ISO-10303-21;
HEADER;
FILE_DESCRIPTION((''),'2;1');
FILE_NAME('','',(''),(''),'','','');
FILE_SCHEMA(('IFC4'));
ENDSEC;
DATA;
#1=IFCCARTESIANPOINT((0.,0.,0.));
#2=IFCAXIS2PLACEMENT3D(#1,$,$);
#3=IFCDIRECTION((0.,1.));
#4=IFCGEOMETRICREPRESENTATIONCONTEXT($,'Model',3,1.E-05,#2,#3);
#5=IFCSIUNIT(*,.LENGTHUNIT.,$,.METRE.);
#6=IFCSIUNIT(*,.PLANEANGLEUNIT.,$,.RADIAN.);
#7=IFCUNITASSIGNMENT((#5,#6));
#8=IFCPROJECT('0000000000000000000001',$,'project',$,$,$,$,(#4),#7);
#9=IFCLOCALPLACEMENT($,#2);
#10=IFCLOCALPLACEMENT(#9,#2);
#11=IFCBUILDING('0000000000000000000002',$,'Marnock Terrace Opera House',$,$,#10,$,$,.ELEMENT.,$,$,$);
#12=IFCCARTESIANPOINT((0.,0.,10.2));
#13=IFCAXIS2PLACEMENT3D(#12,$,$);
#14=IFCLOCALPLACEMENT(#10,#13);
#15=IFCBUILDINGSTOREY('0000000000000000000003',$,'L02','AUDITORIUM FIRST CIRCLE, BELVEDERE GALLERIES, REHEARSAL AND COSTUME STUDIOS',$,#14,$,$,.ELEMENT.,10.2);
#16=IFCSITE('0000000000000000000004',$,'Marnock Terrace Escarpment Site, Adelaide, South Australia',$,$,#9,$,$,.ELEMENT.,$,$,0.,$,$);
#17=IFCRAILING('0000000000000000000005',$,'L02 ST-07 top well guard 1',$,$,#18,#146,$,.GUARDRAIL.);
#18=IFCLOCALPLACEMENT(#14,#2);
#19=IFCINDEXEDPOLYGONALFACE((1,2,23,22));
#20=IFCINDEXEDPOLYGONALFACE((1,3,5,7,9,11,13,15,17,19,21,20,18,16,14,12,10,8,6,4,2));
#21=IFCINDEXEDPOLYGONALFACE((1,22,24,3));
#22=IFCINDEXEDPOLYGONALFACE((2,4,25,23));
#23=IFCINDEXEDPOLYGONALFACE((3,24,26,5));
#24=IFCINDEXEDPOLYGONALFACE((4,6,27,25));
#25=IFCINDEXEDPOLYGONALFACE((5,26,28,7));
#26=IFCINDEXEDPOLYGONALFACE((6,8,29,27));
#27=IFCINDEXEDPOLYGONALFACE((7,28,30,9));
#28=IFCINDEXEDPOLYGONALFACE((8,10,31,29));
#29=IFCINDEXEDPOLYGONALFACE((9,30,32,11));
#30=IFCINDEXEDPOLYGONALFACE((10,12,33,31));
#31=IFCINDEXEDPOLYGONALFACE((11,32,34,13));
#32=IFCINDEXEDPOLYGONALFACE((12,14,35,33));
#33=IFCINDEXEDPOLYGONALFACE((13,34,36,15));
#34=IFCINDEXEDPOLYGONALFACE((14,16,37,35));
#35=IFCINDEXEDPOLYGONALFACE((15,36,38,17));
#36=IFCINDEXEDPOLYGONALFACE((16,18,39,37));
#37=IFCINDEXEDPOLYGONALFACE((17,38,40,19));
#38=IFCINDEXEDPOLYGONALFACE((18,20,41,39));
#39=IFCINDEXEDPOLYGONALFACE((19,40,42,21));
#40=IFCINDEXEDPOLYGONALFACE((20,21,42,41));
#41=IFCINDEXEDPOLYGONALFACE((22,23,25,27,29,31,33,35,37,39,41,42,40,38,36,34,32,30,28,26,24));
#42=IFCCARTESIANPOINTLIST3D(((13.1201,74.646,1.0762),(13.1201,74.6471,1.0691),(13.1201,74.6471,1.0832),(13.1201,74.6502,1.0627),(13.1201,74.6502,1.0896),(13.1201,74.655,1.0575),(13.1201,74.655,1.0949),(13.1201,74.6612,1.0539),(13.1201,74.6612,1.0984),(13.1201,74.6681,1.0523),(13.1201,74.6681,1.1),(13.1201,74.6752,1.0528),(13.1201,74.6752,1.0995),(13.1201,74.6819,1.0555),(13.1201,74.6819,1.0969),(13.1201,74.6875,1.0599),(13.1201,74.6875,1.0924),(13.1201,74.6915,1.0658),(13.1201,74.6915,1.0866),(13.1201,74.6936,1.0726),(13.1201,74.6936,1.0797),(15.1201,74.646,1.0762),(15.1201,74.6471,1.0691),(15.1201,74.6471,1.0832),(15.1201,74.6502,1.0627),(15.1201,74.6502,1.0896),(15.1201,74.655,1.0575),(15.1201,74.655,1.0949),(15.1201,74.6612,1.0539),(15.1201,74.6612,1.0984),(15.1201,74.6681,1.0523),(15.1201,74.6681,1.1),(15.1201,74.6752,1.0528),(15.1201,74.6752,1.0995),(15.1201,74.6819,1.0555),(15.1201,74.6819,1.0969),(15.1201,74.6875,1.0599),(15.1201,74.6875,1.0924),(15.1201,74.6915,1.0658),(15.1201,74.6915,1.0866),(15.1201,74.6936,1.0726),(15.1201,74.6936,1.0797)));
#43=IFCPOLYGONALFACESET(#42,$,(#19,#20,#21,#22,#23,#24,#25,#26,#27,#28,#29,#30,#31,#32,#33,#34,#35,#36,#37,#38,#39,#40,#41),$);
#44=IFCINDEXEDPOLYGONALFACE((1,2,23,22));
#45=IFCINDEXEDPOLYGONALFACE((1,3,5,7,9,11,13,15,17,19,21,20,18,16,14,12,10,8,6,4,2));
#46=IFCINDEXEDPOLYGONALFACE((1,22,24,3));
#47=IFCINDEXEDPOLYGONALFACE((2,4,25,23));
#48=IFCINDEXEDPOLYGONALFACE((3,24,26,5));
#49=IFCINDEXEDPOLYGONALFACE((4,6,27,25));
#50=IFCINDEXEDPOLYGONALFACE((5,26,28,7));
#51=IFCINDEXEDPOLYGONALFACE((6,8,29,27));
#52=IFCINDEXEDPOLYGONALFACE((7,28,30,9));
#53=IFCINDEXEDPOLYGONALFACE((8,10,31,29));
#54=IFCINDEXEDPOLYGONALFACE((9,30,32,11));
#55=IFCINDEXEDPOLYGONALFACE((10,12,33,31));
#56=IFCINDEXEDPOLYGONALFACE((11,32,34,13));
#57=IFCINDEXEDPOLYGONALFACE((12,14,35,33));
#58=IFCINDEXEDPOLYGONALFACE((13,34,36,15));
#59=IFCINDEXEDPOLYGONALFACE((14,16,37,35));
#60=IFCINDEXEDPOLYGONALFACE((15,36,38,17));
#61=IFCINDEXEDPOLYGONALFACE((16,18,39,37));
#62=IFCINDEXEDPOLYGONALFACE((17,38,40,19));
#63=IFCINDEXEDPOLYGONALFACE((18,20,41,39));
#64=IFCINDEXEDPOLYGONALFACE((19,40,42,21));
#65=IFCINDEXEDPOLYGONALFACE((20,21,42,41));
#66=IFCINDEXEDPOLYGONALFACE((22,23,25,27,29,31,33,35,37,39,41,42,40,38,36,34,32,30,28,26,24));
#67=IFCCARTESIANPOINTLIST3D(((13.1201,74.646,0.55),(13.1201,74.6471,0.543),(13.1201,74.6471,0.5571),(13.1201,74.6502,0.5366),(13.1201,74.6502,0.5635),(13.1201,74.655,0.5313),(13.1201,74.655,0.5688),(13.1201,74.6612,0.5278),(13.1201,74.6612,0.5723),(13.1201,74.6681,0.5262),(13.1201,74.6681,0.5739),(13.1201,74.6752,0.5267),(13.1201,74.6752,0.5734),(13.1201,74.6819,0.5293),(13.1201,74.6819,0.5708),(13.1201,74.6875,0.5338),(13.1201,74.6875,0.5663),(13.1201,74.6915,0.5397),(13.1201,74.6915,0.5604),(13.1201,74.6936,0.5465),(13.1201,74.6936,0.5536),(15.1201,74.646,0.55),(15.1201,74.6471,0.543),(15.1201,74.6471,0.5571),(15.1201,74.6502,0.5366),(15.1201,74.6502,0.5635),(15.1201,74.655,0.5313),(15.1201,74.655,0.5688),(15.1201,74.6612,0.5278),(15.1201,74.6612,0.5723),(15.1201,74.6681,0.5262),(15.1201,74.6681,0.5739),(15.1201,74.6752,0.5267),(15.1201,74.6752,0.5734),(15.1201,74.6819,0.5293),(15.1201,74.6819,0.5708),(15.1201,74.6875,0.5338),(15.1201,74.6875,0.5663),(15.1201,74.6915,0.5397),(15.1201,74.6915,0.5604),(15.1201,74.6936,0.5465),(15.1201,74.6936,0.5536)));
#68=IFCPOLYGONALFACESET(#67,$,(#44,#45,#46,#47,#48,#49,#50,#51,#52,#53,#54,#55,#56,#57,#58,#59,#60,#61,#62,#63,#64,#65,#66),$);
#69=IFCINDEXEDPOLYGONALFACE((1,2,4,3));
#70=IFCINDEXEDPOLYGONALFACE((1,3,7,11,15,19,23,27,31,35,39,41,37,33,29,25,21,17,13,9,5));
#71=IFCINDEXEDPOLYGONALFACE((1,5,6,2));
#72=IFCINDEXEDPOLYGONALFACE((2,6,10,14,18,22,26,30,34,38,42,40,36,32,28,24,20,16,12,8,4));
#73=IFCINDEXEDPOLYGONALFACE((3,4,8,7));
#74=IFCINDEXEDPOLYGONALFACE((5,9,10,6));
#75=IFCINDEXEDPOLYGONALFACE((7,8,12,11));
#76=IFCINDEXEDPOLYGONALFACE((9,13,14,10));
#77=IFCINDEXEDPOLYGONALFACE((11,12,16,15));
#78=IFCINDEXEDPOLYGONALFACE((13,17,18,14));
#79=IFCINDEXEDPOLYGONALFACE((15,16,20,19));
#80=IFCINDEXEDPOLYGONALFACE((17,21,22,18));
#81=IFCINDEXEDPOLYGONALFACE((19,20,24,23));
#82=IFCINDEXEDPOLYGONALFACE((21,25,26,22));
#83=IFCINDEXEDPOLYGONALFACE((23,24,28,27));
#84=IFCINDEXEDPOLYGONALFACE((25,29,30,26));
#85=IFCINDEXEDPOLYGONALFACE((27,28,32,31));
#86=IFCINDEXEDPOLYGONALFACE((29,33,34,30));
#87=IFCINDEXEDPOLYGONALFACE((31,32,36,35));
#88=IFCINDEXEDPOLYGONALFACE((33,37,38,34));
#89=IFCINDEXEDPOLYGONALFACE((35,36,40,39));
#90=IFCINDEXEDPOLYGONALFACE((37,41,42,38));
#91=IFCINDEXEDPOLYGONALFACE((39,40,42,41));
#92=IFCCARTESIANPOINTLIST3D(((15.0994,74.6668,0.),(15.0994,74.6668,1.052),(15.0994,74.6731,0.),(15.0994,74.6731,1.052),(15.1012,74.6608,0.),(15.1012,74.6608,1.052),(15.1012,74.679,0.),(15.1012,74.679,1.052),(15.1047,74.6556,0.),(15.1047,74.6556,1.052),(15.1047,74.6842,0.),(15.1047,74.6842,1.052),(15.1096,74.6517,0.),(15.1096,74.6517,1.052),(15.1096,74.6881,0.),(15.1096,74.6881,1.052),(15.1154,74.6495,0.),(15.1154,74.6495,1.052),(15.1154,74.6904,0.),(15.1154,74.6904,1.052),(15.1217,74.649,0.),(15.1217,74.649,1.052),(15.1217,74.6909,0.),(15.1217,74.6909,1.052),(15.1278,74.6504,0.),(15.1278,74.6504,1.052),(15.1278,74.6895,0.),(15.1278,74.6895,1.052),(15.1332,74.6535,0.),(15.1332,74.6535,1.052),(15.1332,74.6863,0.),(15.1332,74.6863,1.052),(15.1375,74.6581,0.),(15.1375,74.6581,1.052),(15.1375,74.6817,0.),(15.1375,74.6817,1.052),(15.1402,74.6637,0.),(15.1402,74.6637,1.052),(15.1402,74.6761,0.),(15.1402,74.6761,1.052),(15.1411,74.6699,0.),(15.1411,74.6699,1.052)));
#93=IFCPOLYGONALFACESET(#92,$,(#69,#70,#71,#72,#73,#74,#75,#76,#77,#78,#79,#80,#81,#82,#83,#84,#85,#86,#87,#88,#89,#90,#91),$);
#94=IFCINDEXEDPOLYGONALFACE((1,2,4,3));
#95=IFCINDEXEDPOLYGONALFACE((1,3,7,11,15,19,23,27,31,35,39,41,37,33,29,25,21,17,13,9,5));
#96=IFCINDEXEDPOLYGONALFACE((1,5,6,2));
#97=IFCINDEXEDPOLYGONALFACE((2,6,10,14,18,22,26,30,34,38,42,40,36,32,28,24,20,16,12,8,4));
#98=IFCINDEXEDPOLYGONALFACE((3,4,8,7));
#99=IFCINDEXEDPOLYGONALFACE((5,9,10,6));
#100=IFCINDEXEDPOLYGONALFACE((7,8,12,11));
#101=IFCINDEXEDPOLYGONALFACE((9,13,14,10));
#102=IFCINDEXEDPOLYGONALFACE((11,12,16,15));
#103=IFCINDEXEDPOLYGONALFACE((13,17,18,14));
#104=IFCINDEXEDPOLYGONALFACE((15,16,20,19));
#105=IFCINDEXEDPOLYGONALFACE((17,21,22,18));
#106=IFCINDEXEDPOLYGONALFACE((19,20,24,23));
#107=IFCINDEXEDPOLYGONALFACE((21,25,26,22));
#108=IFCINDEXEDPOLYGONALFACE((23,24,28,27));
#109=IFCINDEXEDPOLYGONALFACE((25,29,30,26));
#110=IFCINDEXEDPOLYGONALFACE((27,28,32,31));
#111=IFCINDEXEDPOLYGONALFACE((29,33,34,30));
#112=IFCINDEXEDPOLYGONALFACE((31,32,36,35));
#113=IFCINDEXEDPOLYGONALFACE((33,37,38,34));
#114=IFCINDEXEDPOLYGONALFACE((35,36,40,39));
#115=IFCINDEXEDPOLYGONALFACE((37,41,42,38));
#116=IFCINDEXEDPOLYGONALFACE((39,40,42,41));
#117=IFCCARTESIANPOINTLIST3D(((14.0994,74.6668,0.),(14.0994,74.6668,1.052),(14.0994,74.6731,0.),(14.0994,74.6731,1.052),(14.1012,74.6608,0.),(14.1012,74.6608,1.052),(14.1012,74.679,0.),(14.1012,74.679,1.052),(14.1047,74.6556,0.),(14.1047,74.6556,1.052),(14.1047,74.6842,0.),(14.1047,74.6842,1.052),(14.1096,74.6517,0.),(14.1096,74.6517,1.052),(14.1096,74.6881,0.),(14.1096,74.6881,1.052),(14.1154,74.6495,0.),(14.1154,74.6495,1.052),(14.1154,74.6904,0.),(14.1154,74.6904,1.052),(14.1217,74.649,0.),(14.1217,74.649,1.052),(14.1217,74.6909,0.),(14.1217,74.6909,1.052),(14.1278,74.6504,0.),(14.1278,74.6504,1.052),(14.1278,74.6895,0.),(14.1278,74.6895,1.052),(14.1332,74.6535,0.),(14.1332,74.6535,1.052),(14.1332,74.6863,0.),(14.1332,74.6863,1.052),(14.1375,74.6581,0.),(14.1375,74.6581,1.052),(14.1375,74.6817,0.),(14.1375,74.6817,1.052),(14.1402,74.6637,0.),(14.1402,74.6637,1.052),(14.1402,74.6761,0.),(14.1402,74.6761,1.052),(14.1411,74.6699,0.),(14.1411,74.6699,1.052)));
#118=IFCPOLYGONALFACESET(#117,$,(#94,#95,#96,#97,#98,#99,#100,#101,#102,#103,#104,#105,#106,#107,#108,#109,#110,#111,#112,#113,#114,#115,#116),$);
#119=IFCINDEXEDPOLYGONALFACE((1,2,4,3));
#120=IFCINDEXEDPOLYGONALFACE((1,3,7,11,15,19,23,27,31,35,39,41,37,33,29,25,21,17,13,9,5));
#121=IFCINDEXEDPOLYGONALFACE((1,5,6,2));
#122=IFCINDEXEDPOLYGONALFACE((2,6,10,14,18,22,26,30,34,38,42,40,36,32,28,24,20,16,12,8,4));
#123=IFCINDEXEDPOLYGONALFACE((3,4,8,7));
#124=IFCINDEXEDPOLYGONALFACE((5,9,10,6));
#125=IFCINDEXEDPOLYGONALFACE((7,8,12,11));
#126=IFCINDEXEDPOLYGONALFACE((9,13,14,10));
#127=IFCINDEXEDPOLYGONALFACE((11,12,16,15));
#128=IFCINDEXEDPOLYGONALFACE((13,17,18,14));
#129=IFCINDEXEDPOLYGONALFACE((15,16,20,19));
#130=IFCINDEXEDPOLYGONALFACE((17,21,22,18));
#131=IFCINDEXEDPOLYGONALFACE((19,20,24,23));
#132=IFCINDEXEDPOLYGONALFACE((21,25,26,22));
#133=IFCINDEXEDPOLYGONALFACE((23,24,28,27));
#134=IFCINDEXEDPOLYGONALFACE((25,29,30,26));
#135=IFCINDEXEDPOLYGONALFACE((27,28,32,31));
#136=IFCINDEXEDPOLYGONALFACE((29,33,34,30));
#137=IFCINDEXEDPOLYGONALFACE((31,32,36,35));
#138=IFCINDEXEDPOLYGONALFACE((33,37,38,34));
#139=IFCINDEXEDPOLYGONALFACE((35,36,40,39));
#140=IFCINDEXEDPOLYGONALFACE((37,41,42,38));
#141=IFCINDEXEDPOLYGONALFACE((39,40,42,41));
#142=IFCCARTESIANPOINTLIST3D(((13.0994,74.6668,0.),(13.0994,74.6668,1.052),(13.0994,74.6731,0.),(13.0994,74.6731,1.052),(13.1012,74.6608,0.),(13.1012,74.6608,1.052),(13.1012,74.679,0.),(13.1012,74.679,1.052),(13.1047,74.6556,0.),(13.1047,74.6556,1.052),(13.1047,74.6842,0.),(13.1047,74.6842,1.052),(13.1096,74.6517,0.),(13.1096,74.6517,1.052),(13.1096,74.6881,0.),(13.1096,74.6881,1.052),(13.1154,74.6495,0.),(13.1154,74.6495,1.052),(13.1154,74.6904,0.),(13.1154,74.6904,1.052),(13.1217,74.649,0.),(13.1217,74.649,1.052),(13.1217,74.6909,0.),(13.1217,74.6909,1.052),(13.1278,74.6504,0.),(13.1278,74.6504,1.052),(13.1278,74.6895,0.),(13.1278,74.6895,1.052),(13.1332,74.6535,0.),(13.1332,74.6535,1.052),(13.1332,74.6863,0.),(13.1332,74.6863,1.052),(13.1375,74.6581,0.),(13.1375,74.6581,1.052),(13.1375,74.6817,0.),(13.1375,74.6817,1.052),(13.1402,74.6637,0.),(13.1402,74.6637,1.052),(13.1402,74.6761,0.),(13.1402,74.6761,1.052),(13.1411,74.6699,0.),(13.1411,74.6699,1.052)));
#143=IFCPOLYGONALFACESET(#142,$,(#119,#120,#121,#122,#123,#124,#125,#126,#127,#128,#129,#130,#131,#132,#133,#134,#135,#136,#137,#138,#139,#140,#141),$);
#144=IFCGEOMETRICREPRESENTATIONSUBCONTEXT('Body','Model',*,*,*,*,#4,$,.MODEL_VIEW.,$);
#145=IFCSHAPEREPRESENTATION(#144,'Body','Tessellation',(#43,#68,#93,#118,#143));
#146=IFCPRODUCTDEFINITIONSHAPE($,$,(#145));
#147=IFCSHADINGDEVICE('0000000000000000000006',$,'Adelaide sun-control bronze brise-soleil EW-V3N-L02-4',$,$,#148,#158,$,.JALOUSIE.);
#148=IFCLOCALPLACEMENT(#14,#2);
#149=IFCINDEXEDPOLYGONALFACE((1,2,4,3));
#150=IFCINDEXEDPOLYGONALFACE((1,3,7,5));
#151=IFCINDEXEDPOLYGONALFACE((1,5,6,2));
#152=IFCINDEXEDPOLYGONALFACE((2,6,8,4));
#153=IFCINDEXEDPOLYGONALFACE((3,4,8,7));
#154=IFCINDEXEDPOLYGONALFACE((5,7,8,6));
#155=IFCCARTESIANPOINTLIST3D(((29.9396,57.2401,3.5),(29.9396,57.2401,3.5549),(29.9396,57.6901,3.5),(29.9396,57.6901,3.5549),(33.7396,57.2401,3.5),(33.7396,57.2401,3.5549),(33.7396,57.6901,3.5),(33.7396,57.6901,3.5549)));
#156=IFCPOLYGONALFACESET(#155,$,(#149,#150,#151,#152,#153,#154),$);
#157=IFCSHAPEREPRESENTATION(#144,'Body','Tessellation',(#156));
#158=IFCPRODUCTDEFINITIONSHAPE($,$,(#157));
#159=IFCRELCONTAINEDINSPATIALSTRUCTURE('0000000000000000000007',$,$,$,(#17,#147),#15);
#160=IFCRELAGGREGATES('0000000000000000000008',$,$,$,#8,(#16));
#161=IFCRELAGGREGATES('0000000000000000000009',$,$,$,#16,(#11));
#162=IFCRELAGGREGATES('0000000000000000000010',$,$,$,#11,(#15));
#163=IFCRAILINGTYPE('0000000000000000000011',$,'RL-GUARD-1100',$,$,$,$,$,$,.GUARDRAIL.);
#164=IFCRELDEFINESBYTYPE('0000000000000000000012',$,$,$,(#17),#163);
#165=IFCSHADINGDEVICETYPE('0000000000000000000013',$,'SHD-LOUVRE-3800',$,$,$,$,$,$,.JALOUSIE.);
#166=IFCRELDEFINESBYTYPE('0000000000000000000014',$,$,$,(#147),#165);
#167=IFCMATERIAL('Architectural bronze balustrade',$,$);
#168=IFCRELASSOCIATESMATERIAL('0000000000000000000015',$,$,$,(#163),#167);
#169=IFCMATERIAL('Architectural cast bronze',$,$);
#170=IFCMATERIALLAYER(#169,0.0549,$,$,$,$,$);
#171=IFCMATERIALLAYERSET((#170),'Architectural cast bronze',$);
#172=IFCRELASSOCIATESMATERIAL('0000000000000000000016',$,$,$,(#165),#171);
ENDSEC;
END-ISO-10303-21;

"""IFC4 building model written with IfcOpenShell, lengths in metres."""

from ifc_helpers import new_model, si_unit, direction, frame, origin, origin_2d, place, context, subcontext, project, spatial, rectangle, circle, extrude, material, layer, layer_set, type_object, element, save


model = new_model("IFC4")

# Units and contexts
model_context = context("Model", 3, precision=1e-05, world=origin(), true_north=direction((0.0, 1.0)))
body_context = subcontext(model_context, "Body", "Model", "MODEL_VIEW")
ifc_project = project(units=[si_unit("LENGTHUNIT", "METRE"), si_unit("PLANEANGLEUNIT", "RADIAN")], contexts=[model_context])

# Site, building, storey
site_placement = place(None, origin())
site = spatial("IfcSite", under=ifc_project, at=site_placement, Name="Marnock Terrace Escarpment Site, Adelaide, South Australia", CompositionType="ELEMENT", RefElevation=0.0)
building_placement = place(site_placement, origin())
building = spatial("IfcBuilding", under=site, at=building_placement, Name="Marnock Terrace Opera House", CompositionType="ELEMENT")
storey_placement = place(building_placement, frame((0.0, 0.0, 10.2)))
storey = spatial("IfcBuildingStorey", under=building, at=storey_placement, Name="L02", Description="AUDITORIUM FIRST CIRCLE, BELVEDERE GALLERIES, REHEARSAL AND COSTUME STUDIOS", CompositionType="ELEMENT", Elevation=10.2)

# Railing
ifc_material_1 = material(Name="Architectural bronze balustrade")
railing_type = type_object("IfcRailingType", Name="RL-GUARD-1100", PredefinedType="GUARDRAIL", material=ifc_material_1)
railing_placement = place(storey_placement, frame((15.1201, 74.6699, 0.0)))
element("IfcRailing", 1, at=railing_placement, inside=storey, type_object=railing_type, Name="L02 ST-07 top well guard 1", PredefinedType="GUARDRAIL", context=body_context, shape_type="SweptSolid", body=[
    extrude(circle(Radius=0.0239, at=origin_2d()), frame((0.0, 0.0, 1.0762), z_axis=(-1.0, 0.0, 0.0), x_axis=(0.0, -1.0, 0.0)), (0.0, 0.0, 1.0), 2.0),
    extrude(circle(Radius=0.0239, at=origin_2d()), frame((0.0, 0.0, 0.55), z_axis=(-1.0, 0.0, 0.0), x_axis=(0.0, -1.0, 0.0)), (0.0, 0.0, 1.0), 2.0),
    extrude(circle(Radius=0.021, at=origin_2d()), origin(), (0.0, 0.0, 1.0), 1.052),
    extrude(circle(Radius=0.021, at=origin_2d()), frame((-1.0, 0.0, 0.0)), (0.0, 0.0, 1.0), 1.052),
    extrude(circle(Radius=0.021, at=origin_2d()), frame((-2.0, 0.0, 0.0)), (0.0, 0.0, 1.0), 1.052),
])

# Shading device
ifc_material_2 = material(Name="Architectural cast bronze")
ifc_layer_1 = layer(ifc_material_2, 0.0549)
ifc_layer_set_1 = layer_set([ifc_layer_1], Name="Architectural cast bronze")
shading_device_type = type_object("IfcShadingDeviceType", Name="SHD-LOUVRE-3800", PredefinedType="JALOUSIE", material=ifc_layer_set_1)
shading_device_placement = place(storey_placement, frame((31.8396, 57.4651, 3.5), z_axis=(0.0, 0.0, 1.0), x_axis=(1.0, 0.0, 0.0)))
element("IfcShadingDevice", 2, at=shading_device_placement, inside=storey, type_object=shading_device_type, Name="Adelaide sun-control bronze brise-soleil EW-V3N-L02-4", PredefinedType="JALOUSIE", context=body_context, shape_type="SweptSolid", body=[
    extrude(rectangle(XDim=3.8, YDim=0.45, at=origin_2d()), origin(), (0.0, 0.0, 1.0), 0.0549),
])

save(model, "model.ifc")
